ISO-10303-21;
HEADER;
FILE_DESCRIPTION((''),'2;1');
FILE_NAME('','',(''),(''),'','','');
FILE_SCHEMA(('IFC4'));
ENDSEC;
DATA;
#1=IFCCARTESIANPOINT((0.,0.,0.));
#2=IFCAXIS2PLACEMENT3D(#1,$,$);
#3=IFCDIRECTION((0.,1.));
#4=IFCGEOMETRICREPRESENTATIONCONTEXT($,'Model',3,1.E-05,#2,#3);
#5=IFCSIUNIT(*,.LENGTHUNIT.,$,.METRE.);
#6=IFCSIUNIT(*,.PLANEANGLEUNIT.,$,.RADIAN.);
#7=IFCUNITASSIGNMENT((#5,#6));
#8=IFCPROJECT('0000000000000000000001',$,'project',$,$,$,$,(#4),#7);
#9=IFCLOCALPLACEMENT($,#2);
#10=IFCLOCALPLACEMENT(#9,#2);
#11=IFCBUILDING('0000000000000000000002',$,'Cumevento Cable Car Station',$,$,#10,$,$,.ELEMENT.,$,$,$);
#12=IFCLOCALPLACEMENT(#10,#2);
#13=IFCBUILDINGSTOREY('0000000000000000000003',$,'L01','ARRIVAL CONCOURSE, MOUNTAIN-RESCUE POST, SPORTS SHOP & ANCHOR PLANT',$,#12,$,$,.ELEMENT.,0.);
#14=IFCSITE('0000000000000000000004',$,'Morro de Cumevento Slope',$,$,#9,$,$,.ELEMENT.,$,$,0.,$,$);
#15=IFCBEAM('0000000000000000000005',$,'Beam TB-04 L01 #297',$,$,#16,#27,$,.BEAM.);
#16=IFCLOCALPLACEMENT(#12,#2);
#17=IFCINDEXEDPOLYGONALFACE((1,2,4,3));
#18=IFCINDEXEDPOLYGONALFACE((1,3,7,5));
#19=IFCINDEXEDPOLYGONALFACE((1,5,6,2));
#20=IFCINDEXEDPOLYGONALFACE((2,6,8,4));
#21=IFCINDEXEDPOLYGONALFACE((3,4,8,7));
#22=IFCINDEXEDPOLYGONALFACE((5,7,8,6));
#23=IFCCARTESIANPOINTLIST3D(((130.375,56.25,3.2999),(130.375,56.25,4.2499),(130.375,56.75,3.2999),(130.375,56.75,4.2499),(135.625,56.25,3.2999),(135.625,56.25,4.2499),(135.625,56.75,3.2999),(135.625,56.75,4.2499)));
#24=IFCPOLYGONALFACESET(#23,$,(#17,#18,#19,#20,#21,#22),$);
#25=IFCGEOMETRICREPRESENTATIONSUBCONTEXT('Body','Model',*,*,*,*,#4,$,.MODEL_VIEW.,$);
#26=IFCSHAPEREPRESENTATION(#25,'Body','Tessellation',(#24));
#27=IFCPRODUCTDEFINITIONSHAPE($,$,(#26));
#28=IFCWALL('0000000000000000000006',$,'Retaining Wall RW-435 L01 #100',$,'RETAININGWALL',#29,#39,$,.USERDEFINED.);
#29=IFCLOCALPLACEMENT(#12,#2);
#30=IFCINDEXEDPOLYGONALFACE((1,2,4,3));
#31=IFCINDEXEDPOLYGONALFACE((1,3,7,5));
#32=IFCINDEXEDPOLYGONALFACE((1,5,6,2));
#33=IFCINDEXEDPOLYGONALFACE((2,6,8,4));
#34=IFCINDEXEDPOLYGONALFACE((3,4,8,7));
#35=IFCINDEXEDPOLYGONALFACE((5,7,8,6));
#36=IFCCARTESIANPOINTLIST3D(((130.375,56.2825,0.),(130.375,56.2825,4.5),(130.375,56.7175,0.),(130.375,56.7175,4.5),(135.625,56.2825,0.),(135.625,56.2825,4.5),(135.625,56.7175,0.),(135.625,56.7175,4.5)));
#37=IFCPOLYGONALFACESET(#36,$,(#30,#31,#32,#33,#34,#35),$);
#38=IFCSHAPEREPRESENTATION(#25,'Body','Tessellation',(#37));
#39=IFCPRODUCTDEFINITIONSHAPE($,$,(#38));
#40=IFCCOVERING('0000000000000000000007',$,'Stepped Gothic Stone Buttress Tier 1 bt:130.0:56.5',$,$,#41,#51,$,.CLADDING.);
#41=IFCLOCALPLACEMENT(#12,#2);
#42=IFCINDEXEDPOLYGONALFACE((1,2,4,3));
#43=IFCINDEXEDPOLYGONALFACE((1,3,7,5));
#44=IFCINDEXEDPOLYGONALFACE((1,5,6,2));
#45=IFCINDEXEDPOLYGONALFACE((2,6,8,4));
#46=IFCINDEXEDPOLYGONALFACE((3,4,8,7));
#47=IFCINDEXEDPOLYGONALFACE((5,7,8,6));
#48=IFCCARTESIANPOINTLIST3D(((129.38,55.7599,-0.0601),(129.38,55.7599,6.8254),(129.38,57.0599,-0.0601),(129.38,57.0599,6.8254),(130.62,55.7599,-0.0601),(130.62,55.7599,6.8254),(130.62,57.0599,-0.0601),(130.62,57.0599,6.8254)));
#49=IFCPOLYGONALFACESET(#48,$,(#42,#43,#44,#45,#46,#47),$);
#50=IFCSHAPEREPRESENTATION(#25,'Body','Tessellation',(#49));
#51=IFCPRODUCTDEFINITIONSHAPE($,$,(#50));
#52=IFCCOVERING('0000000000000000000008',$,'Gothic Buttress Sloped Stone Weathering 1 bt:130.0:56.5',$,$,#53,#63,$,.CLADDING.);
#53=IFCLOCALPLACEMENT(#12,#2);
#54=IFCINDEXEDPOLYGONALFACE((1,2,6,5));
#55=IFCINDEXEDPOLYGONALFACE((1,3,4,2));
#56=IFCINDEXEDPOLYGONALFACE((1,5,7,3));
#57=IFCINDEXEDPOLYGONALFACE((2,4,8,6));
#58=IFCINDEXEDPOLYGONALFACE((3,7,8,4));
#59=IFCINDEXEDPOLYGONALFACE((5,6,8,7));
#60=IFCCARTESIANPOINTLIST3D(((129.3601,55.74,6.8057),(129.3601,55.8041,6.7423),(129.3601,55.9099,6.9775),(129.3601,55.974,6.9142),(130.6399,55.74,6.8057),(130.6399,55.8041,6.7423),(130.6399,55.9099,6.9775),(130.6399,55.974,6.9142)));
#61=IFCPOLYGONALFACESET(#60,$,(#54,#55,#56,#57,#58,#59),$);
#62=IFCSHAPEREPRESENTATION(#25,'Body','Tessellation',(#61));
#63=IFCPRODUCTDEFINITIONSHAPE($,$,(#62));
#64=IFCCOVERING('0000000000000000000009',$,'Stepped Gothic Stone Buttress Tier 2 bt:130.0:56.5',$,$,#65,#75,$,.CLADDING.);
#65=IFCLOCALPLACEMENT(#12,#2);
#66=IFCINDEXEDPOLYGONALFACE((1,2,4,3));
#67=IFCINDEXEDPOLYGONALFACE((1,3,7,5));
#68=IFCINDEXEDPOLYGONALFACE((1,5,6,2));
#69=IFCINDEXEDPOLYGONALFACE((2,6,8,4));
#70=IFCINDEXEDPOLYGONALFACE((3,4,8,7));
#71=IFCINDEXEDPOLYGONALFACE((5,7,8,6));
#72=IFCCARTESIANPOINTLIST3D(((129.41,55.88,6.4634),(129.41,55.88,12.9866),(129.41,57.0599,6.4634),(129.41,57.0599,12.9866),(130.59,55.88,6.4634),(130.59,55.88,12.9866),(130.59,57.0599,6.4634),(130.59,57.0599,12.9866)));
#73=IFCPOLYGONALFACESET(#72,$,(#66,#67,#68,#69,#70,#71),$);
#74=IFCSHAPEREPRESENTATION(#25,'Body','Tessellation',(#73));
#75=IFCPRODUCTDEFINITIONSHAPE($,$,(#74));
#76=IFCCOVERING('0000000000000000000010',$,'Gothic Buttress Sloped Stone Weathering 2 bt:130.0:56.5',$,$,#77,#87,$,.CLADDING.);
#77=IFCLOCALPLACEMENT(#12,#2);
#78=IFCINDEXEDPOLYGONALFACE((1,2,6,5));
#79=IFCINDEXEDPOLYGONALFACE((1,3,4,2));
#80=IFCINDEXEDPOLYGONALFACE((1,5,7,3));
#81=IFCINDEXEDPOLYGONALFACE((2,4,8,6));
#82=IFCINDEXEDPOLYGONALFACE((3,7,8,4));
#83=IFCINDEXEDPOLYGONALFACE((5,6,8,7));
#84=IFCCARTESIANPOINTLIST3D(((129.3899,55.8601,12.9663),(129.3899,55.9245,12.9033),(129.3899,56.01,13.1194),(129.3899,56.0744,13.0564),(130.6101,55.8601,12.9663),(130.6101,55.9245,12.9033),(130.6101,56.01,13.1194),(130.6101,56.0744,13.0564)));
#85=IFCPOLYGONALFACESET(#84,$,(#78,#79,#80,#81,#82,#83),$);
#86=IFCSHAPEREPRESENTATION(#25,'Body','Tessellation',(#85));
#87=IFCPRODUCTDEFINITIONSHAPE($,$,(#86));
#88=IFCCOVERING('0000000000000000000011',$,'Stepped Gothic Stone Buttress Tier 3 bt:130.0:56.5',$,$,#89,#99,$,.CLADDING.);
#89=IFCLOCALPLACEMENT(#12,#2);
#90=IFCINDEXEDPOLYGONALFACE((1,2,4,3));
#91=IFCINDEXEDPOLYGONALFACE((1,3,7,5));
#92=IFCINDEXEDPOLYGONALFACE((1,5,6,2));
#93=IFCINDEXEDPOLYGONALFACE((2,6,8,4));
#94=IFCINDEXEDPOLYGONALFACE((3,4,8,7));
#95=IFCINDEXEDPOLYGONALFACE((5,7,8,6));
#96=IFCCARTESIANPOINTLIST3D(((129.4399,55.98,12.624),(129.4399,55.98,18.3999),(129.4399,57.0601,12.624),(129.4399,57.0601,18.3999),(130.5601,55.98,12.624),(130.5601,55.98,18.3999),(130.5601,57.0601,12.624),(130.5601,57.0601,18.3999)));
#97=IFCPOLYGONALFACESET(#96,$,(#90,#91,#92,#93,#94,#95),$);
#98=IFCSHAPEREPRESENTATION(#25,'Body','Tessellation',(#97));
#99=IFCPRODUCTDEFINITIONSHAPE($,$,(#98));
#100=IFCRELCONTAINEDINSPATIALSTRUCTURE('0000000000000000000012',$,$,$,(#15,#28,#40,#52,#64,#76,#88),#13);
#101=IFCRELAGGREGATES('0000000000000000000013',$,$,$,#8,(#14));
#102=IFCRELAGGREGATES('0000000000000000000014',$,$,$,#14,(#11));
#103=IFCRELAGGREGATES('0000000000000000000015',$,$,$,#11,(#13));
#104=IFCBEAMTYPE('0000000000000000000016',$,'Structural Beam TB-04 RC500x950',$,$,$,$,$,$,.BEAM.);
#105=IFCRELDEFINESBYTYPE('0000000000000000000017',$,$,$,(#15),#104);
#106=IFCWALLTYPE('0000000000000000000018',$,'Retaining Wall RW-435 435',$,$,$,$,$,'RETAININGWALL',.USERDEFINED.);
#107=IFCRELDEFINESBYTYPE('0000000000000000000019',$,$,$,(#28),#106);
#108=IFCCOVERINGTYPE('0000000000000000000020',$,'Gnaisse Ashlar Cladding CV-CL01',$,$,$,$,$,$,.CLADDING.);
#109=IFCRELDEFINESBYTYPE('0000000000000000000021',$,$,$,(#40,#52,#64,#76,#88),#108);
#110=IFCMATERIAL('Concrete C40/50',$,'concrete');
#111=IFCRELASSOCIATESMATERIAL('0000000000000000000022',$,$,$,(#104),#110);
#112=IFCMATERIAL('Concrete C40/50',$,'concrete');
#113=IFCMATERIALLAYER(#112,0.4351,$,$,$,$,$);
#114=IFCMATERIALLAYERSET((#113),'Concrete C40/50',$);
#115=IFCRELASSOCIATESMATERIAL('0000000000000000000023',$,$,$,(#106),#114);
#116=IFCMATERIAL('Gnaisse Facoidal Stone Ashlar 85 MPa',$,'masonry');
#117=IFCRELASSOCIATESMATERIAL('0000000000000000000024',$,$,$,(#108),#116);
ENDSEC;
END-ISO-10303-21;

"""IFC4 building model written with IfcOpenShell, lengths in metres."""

from ifc_helpers import new_model, si_unit, direction, frame, frame_2d, origin, origin_2d, place, context, subcontext, project, spatial, polyline, rectangle, outline, extrude, material, layer, layer_set, material_profile, profile_set, type_object, element, save


model = new_model("IFC4")

# Units and contexts
model_context = context("Model", 3, precision=1e-05, world=origin(), true_north=direction((0.0, 1.0)))
body_context = subcontext(model_context, "Body", "Model", "MODEL_VIEW")
ifc_project = project(units=[si_unit("LENGTHUNIT", "METRE"), si_unit("PLANEANGLEUNIT", "RADIAN")], contexts=[model_context])

# Site, building, storey
site_placement = place(None, origin())
site = spatial("IfcSite", under=ifc_project, at=site_placement, Name="Morro de Cumevento Slope", CompositionType="ELEMENT", RefElevation=0.0)
building_placement = place(site_placement, origin())
building = spatial("IfcBuilding", under=site, at=building_placement, Name="Cumevento Cable Car Station", CompositionType="ELEMENT")
storey_placement = place(building_placement, origin())
storey = spatial("IfcBuildingStorey", under=building, at=storey_placement, Name="L01", Description="ARRIVAL CONCOURSE, MOUNTAIN-RESCUE POST, SPORTS SHOP & ANCHOR PLANT", CompositionType="ELEMENT", Elevation=0.0)

# Beam
ifc_material_1 = material(Name="Concrete C40/50", Category="concrete")
ifc_material_profile_1 = material_profile(ifc_material_1, rectangle(XDim=0.5, YDim=0.95, at=origin_2d()), Name="RC500x950")
ifc_profile_set_1 = profile_set([ifc_material_profile_1], Name="Concrete C40/50")
beam_type = type_object("IfcBeamType", Name="Structural Beam TB-04 RC500x950", PredefinedType="BEAM", material=ifc_profile_set_1)
beam_placement = place(storey_placement, frame((130.375, 56.5, 3.7749), z_axis=(1.0, 0.0, 0.0), x_axis=(0.0, 1.0, 0.0)))
element("IfcBeam", 1, at=beam_placement, inside=storey, type_object=beam_type, Name="Beam TB-04 L01 #297", PredefinedType="BEAM", context=body_context, shape_type="SweptSolid", body=[
    extrude(rectangle(XDim=0.5, YDim=0.95, at=origin_2d()), origin(), (0.0, 0.0, 1.0), 5.25),
])

# Wall
ifc_material_2 = material(Name="Concrete C40/50", Category="concrete")
ifc_layer = layer(ifc_material_2, 0.4351)
ifc_layer_set = layer_set([ifc_layer], Name="Concrete C40/50")
wall_type = type_object("IfcWallType", Name="Retaining Wall RW-435 435", ElementType="RETAININGWALL", PredefinedType="USERDEFINED", material=ifc_layer_set)
wall_placement = place(storey_placement, frame((130.375, 56.5, 0.0), z_axis=(0.0, 0.0, 1.0), x_axis=(1.0, 0.0, 0.0)))
element("IfcWall", 2, at=wall_placement, inside=storey, type_object=wall_type, Name="Retaining Wall RW-435 L01 #100", ObjectType="RETAININGWALL", PredefinedType="USERDEFINED", context=body_context, shape_type="SweptSolid", body=[
    extrude(rectangle(XDim=5.25, YDim=0.4351, at=frame_2d((2.625, 0.0))), origin(), (0.0, 0.0, 1.0), 4.5),
])

# Coverings
ifc_material_3 = material(Name="Gnaisse Facoidal Stone Ashlar 85 MPa", Category="masonry")
covering_type = type_object("IfcCoveringType", Name="Gnaisse Ashlar Cladding CV-CL01", PredefinedType="CLADDING", material=ifc_material_3)
covering_1_placement = place(storey_placement, frame((130.0, 56.4099, -0.0601), z_axis=(0.0, 0.0, 1.0), x_axis=(1.0, 0.0, 0.0)))
element("IfcCovering", 3, at=covering_1_placement, inside=storey, type_object=covering_type, Name="Stepped Gothic Stone Buttress Tier 1 bt:130.0:56.5", PredefinedType="CLADDING", context=body_context, shape_type="SweptSolid", body=[
    extrude(rectangle(XDim=1.24, YDim=1.3, at=origin_2d()), origin(), (0.0, 0.0, 1.0), 6.8855),
])
covering_2_placement = place(storey_placement, frame((129.3601, 55.74, 6.8057), z_axis=(0.0, -0.711136, 0.703055), x_axis=(1.0, 0.0, 0.0)))
element("IfcCovering", 4, at=covering_2_placement, inside=storey, type_object=covering_type, Name="Gothic Buttress Sloped Stone Weathering 1 bt:130.0:56.5", PredefinedType="CLADDING", context=body_context, shape_type="SweptSolid", body=[
    extrude(outline(polyline([(0.0, 0.0), (1.2798, 0.0), (1.2798, 0.2417), (0.0, 0.2417), (0.0, 0.0)])), origin(), (0.0, 0.0, -1.0), 0.0901),
])
covering_3_placement = place(storey_placement, frame((130.0, 56.47, 6.4634), z_axis=(0.0, 0.0, 1.0), x_axis=(1.0, 0.0, 0.0)))
element("IfcCovering", 5, at=covering_3_placement, inside=storey, type_object=covering_type, Name="Stepped Gothic Stone Buttress Tier 2 bt:130.0:56.5", PredefinedType="CLADDING", context=body_context, shape_type="SweptSolid", body=[
    extrude(rectangle(XDim=1.1799, YDim=1.1799, at=origin_2d()), origin(), (0.0, 0.0, 1.0), 6.5232),
])
covering_4_placement = place(storey_placement, frame((129.3899, 55.8601, 12.9663), z_axis=(0.0, -0.714475, 0.699661), x_axis=(1.0, 0.0, 0.0)))
element("IfcCovering", 6, at=covering_4_placement, inside=storey, type_object=covering_type, Name="Gothic Buttress Sloped Stone Weathering 2 bt:130.0:56.5", PredefinedType="CLADDING", context=body_context, shape_type="SweptSolid", body=[
    extrude(outline(polyline([(0.0, 0.0), (1.2202, 0.0), (1.2202, 0.2142), (0.0, 0.2142), (0.0, 0.0)])), origin(), (0.0, 0.0, -1.0), 0.0901),
])
covering_5_placement = place(storey_placement, frame((130.0, 56.52, 12.624), z_axis=(0.0, 0.0, 1.0), x_axis=(1.0, 0.0, 0.0)))
element("IfcCovering", 7, at=covering_5_placement, inside=storey, type_object=covering_type, Name="Stepped Gothic Stone Buttress Tier 3 bt:130.0:56.5", PredefinedType="CLADDING", context=body_context, shape_type="SweptSolid", body=[
    extrude(rectangle(XDim=1.1201, YDim=1.0801, at=origin_2d()), origin(), (0.0, 0.0, 1.0), 5.7759),
])

save(model, "model.ifc")
